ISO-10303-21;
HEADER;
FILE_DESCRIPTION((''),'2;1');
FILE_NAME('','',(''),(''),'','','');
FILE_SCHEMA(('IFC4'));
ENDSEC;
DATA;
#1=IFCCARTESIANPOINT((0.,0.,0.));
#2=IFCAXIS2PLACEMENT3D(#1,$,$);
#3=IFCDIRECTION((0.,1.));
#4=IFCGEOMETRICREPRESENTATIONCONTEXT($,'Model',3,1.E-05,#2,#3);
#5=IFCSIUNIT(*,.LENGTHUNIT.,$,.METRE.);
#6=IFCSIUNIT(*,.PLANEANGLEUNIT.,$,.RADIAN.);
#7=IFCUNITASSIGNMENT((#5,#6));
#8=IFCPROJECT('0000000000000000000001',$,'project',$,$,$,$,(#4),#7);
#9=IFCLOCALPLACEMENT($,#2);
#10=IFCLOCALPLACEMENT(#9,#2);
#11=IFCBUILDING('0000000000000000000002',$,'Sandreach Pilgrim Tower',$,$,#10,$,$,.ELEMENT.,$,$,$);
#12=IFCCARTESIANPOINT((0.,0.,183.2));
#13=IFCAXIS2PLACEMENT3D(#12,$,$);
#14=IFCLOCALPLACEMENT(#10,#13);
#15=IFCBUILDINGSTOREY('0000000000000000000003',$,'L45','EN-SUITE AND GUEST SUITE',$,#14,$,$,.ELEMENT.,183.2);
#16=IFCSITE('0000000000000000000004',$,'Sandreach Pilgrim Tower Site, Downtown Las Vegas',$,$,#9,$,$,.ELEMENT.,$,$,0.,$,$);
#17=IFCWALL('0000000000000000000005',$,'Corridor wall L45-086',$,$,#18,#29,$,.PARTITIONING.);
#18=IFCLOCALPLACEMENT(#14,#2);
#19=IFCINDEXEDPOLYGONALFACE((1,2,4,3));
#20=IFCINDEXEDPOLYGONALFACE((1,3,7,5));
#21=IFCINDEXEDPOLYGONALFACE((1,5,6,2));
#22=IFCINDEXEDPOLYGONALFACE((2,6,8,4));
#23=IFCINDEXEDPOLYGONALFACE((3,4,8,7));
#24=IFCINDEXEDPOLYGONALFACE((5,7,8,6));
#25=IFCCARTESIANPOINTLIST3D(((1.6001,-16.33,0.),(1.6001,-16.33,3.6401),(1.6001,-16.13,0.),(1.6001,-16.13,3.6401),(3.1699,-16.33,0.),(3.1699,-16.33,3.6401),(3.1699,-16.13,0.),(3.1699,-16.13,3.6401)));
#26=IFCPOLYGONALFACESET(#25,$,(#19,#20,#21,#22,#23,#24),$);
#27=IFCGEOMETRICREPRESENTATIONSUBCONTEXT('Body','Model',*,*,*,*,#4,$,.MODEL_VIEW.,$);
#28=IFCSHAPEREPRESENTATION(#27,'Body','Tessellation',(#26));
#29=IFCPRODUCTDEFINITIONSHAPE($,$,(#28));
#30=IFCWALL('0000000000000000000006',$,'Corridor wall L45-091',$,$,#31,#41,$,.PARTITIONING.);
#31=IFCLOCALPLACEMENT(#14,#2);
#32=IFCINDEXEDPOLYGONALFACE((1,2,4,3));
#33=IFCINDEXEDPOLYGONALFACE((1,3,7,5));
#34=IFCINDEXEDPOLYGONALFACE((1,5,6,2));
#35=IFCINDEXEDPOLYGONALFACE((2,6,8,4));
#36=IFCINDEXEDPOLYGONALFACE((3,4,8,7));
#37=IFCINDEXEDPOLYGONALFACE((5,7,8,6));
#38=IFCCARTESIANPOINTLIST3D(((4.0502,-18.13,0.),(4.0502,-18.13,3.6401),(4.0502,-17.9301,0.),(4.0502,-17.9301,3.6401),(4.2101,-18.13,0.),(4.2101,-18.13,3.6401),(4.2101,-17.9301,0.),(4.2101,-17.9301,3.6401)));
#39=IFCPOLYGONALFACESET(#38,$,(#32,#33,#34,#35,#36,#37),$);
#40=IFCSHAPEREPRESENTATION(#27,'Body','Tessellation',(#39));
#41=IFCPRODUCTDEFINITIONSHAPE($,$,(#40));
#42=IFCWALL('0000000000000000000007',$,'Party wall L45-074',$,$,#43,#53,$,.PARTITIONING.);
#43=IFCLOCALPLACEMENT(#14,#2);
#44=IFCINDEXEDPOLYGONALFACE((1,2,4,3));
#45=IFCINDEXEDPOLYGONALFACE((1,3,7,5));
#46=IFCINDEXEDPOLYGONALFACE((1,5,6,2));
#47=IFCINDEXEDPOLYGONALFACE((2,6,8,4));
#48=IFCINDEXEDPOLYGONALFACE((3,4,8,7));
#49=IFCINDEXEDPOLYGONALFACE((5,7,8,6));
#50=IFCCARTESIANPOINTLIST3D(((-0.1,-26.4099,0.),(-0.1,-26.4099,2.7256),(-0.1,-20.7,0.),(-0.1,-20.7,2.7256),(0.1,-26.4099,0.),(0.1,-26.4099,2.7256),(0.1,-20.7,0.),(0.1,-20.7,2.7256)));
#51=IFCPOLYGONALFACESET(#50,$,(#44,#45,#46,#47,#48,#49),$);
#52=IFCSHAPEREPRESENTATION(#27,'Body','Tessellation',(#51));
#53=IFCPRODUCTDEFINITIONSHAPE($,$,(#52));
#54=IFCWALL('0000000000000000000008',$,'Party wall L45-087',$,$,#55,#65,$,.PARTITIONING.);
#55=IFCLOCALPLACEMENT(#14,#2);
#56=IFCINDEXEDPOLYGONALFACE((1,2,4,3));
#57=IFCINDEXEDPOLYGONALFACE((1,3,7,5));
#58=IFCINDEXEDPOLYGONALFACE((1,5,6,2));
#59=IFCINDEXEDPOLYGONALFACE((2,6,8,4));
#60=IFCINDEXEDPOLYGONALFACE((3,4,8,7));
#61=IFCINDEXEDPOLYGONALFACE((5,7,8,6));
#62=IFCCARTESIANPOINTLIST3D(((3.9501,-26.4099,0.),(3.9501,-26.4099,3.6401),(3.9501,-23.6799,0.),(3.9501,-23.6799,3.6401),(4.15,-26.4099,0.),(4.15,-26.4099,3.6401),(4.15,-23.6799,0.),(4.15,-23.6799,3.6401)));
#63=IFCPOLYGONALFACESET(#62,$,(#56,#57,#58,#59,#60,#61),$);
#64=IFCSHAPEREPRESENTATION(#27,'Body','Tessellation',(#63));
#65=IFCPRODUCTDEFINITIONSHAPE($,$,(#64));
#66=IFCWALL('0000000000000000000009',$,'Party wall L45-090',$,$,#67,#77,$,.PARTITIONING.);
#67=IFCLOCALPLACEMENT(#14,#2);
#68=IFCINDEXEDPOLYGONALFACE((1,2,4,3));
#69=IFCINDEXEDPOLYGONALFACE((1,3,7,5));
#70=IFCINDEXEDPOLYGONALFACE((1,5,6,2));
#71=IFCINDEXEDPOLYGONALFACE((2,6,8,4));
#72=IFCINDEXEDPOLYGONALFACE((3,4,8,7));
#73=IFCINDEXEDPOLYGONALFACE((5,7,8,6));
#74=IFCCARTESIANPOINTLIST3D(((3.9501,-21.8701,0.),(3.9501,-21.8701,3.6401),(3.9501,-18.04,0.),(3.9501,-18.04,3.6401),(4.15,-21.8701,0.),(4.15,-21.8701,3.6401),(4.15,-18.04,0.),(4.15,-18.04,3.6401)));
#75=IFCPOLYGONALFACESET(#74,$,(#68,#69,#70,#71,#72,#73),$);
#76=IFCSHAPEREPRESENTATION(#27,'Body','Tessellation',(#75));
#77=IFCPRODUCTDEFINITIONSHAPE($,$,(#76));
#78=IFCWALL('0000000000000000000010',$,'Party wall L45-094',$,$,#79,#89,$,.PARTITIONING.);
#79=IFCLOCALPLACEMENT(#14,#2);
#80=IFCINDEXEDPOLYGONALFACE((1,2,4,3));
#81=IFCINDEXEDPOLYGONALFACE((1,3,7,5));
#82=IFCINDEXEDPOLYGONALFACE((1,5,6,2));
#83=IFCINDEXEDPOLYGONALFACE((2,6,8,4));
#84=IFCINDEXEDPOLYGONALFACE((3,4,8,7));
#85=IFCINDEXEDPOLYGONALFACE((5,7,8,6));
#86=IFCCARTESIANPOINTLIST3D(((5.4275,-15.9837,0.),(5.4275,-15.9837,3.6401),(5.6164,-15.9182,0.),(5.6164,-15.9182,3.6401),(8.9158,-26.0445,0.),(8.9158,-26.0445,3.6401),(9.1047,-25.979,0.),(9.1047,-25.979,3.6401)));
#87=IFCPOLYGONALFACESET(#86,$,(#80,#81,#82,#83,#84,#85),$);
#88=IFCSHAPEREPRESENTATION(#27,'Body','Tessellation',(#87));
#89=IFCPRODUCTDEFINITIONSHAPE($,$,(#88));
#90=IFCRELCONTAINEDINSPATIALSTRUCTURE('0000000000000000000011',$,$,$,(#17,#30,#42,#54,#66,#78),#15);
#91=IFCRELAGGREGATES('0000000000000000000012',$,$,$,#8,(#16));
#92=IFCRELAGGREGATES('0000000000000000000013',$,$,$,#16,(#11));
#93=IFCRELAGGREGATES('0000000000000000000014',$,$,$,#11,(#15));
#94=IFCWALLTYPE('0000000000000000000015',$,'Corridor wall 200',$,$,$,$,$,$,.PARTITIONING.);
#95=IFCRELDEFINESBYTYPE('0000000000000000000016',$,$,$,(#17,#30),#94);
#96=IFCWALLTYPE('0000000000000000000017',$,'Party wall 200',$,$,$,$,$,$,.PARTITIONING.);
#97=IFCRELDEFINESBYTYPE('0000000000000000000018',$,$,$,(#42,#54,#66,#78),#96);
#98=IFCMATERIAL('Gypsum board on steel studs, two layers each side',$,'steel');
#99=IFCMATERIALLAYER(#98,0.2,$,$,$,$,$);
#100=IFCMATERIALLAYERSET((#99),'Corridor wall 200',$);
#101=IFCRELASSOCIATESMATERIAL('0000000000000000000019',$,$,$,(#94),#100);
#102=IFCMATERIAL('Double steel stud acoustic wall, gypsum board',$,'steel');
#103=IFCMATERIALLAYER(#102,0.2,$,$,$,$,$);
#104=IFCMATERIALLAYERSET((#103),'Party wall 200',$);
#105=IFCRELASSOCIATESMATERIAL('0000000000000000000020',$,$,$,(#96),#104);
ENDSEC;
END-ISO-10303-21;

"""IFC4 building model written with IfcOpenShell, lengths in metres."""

from ifc_helpers import new_model, si_unit, direction, frame, frame_2d, origin, place, context, subcontext, project, spatial, rectangle, extrude, material, layer, layer_set, type_object, element, save


model = new_model("IFC4")

# Units and contexts
model_context = context("Model", 3, precision=1e-05, world=origin(), true_north=direction((0.0, 1.0)))
body_context = subcontext(model_context, "Body", "Model", "MODEL_VIEW")
ifc_project = project(units=[si_unit("LENGTHUNIT", "METRE"), si_unit("PLANEANGLEUNIT", "RADIAN")], contexts=[model_context])

# Site, building, storey
site_placement = place(None, origin())
site = spatial("IfcSite", under=ifc_project, at=site_placement, Name="Sandreach Pilgrim Tower Site, Downtown Las Vegas", CompositionType="ELEMENT", RefElevation=0.0)
building_placement = place(site_placement, origin())
building = spatial("IfcBuilding", under=site, at=building_placement, Name="Sandreach Pilgrim Tower", CompositionType="ELEMENT")
storey_placement = place(building_placement, frame((0.0, 0.0, 183.2)))
storey = spatial("IfcBuildingStorey", under=building, at=storey_placement, Name="L45", Description="EN-SUITE AND GUEST SUITE", CompositionType="ELEMENT", Elevation=183.2)

# Shared definitions
ifc_material_1 = material(Name="Gypsum board on steel studs, two layers each side", Category="steel")
ifc_layer_1 = layer(ifc_material_1, 0.2)
ifc_layer_set_1 = layer_set([ifc_layer_1], Name="Corridor wall 200")
wall_type_1 = type_object("IfcWallType", Name="Corridor wall 200", PredefinedType="PARTITIONING", material=ifc_layer_set_1)

# Walls
wall_1_placement = place(storey_placement, frame((3.1699, -16.23, 0.0), z_axis=(0.0, 0.0, 1.0), x_axis=(-1.0, 0.0, 0.0)))
element("IfcWall", 1, at=wall_1_placement, inside=storey, type_object=wall_type_1, Name="Corridor wall L45-086", PredefinedType="PARTITIONING", context=body_context, shape_type="SweptSolid", body=[
    extrude(rectangle(XDim=1.5698, YDim=0.2, at=frame_2d((0.7849, 0.0))), origin(), (0.0, 0.0, 1.0), 3.6401),
])
wall_2_placement = place(storey_placement, frame((4.05, -18.03, 0.0), z_axis=(0.0, 0.0, 1.0), x_axis=(1.0, 0.0, 0.0)))
element("IfcWall", 2, at=wall_2_placement, inside=storey, type_object=wall_type_1, Name="Corridor wall L45-091", PredefinedType="PARTITIONING", context=body_context, shape_type="SweptSolid", body=[
    extrude(rectangle(XDim=0.1599, YDim=0.2, at=frame_2d((0.0801, 0.0))), origin(), (0.0, 0.0, 1.0), 3.6401),
])

# Walls
ifc_material_2 = material(Name="Double steel stud acoustic wall, gypsum board", Category="steel")
ifc_layer_2 = layer(ifc_material_2, 0.2)
ifc_layer_set_2 = layer_set([ifc_layer_2], Name="Party wall 200")
wall_type_2 = type_object("IfcWallType", Name="Party wall 200", PredefinedType="PARTITIONING", material=ifc_layer_set_2)
wall_3_placement = place(storey_placement, frame((0.0, -26.4099, 0.0), z_axis=(0.0, 0.0, 1.0), x_axis=(0.0, 1.0, 0.0)))
element("IfcWall", 3, at=wall_3_placement, inside=storey, type_object=wall_type_2, Name="Party wall L45-074", PredefinedType="PARTITIONING", context=body_context, shape_type="SweptSolid", body=[
    extrude(rectangle(XDim=5.71, YDim=0.2, at=frame_2d((2.855, 0.0))), origin(), (0.0, 0.0, 1.0), 2.7256),
])
wall_4_placement = place(storey_placement, frame((4.05, -26.4099, 0.0), z_axis=(0.0, 0.0, 1.0), x_axis=(0.0, 1.0, 0.0)))
element("IfcWall", 4, at=wall_4_placement, inside=storey, type_object=wall_type_2, Name="Party wall L45-087", PredefinedType="PARTITIONING", context=body_context, shape_type="SweptSolid", body=[
    extrude(rectangle(XDim=2.73, YDim=0.2, at=frame_2d((1.365, 0.0))), origin(), (0.0, 0.0, 1.0), 3.6401),
])
wall_5_placement = place(storey_placement, frame((4.05, -21.8701, 0.0), z_axis=(0.0, 0.0, 1.0), x_axis=(0.0, 1.0, 0.0)))
element("IfcWall", 5, at=wall_5_placement, inside=storey, type_object=wall_type_2, Name="Party wall L45-090", PredefinedType="PARTITIONING", context=body_context, shape_type="SweptSolid", body=[
    extrude(rectangle(XDim=3.8301, YDim=0.2, at=frame_2d((1.915, 0.0))), origin(), (0.0, 0.0, 1.0), 3.6401),
])
wall_6_placement = place(storey_placement, frame((5.522, -15.9509, 0.0), z_axis=(0.0, 0.0, 1.0), x_axis=(0.327589, -0.94482, 0.0)))
element("IfcWall", 6, at=wall_6_placement, inside=storey, type_object=wall_type_2, Name="Party wall L45-094", PredefinedType="PARTITIONING", context=body_context, shape_type="SweptSolid", body=[
    extrude(rectangle(XDim=10.6484, YDim=0.2, at=frame_2d((5.3242, 0.0))), origin(), (0.0, 0.0, 1.0), 3.6401),
])

save(model, "model.ifc")
